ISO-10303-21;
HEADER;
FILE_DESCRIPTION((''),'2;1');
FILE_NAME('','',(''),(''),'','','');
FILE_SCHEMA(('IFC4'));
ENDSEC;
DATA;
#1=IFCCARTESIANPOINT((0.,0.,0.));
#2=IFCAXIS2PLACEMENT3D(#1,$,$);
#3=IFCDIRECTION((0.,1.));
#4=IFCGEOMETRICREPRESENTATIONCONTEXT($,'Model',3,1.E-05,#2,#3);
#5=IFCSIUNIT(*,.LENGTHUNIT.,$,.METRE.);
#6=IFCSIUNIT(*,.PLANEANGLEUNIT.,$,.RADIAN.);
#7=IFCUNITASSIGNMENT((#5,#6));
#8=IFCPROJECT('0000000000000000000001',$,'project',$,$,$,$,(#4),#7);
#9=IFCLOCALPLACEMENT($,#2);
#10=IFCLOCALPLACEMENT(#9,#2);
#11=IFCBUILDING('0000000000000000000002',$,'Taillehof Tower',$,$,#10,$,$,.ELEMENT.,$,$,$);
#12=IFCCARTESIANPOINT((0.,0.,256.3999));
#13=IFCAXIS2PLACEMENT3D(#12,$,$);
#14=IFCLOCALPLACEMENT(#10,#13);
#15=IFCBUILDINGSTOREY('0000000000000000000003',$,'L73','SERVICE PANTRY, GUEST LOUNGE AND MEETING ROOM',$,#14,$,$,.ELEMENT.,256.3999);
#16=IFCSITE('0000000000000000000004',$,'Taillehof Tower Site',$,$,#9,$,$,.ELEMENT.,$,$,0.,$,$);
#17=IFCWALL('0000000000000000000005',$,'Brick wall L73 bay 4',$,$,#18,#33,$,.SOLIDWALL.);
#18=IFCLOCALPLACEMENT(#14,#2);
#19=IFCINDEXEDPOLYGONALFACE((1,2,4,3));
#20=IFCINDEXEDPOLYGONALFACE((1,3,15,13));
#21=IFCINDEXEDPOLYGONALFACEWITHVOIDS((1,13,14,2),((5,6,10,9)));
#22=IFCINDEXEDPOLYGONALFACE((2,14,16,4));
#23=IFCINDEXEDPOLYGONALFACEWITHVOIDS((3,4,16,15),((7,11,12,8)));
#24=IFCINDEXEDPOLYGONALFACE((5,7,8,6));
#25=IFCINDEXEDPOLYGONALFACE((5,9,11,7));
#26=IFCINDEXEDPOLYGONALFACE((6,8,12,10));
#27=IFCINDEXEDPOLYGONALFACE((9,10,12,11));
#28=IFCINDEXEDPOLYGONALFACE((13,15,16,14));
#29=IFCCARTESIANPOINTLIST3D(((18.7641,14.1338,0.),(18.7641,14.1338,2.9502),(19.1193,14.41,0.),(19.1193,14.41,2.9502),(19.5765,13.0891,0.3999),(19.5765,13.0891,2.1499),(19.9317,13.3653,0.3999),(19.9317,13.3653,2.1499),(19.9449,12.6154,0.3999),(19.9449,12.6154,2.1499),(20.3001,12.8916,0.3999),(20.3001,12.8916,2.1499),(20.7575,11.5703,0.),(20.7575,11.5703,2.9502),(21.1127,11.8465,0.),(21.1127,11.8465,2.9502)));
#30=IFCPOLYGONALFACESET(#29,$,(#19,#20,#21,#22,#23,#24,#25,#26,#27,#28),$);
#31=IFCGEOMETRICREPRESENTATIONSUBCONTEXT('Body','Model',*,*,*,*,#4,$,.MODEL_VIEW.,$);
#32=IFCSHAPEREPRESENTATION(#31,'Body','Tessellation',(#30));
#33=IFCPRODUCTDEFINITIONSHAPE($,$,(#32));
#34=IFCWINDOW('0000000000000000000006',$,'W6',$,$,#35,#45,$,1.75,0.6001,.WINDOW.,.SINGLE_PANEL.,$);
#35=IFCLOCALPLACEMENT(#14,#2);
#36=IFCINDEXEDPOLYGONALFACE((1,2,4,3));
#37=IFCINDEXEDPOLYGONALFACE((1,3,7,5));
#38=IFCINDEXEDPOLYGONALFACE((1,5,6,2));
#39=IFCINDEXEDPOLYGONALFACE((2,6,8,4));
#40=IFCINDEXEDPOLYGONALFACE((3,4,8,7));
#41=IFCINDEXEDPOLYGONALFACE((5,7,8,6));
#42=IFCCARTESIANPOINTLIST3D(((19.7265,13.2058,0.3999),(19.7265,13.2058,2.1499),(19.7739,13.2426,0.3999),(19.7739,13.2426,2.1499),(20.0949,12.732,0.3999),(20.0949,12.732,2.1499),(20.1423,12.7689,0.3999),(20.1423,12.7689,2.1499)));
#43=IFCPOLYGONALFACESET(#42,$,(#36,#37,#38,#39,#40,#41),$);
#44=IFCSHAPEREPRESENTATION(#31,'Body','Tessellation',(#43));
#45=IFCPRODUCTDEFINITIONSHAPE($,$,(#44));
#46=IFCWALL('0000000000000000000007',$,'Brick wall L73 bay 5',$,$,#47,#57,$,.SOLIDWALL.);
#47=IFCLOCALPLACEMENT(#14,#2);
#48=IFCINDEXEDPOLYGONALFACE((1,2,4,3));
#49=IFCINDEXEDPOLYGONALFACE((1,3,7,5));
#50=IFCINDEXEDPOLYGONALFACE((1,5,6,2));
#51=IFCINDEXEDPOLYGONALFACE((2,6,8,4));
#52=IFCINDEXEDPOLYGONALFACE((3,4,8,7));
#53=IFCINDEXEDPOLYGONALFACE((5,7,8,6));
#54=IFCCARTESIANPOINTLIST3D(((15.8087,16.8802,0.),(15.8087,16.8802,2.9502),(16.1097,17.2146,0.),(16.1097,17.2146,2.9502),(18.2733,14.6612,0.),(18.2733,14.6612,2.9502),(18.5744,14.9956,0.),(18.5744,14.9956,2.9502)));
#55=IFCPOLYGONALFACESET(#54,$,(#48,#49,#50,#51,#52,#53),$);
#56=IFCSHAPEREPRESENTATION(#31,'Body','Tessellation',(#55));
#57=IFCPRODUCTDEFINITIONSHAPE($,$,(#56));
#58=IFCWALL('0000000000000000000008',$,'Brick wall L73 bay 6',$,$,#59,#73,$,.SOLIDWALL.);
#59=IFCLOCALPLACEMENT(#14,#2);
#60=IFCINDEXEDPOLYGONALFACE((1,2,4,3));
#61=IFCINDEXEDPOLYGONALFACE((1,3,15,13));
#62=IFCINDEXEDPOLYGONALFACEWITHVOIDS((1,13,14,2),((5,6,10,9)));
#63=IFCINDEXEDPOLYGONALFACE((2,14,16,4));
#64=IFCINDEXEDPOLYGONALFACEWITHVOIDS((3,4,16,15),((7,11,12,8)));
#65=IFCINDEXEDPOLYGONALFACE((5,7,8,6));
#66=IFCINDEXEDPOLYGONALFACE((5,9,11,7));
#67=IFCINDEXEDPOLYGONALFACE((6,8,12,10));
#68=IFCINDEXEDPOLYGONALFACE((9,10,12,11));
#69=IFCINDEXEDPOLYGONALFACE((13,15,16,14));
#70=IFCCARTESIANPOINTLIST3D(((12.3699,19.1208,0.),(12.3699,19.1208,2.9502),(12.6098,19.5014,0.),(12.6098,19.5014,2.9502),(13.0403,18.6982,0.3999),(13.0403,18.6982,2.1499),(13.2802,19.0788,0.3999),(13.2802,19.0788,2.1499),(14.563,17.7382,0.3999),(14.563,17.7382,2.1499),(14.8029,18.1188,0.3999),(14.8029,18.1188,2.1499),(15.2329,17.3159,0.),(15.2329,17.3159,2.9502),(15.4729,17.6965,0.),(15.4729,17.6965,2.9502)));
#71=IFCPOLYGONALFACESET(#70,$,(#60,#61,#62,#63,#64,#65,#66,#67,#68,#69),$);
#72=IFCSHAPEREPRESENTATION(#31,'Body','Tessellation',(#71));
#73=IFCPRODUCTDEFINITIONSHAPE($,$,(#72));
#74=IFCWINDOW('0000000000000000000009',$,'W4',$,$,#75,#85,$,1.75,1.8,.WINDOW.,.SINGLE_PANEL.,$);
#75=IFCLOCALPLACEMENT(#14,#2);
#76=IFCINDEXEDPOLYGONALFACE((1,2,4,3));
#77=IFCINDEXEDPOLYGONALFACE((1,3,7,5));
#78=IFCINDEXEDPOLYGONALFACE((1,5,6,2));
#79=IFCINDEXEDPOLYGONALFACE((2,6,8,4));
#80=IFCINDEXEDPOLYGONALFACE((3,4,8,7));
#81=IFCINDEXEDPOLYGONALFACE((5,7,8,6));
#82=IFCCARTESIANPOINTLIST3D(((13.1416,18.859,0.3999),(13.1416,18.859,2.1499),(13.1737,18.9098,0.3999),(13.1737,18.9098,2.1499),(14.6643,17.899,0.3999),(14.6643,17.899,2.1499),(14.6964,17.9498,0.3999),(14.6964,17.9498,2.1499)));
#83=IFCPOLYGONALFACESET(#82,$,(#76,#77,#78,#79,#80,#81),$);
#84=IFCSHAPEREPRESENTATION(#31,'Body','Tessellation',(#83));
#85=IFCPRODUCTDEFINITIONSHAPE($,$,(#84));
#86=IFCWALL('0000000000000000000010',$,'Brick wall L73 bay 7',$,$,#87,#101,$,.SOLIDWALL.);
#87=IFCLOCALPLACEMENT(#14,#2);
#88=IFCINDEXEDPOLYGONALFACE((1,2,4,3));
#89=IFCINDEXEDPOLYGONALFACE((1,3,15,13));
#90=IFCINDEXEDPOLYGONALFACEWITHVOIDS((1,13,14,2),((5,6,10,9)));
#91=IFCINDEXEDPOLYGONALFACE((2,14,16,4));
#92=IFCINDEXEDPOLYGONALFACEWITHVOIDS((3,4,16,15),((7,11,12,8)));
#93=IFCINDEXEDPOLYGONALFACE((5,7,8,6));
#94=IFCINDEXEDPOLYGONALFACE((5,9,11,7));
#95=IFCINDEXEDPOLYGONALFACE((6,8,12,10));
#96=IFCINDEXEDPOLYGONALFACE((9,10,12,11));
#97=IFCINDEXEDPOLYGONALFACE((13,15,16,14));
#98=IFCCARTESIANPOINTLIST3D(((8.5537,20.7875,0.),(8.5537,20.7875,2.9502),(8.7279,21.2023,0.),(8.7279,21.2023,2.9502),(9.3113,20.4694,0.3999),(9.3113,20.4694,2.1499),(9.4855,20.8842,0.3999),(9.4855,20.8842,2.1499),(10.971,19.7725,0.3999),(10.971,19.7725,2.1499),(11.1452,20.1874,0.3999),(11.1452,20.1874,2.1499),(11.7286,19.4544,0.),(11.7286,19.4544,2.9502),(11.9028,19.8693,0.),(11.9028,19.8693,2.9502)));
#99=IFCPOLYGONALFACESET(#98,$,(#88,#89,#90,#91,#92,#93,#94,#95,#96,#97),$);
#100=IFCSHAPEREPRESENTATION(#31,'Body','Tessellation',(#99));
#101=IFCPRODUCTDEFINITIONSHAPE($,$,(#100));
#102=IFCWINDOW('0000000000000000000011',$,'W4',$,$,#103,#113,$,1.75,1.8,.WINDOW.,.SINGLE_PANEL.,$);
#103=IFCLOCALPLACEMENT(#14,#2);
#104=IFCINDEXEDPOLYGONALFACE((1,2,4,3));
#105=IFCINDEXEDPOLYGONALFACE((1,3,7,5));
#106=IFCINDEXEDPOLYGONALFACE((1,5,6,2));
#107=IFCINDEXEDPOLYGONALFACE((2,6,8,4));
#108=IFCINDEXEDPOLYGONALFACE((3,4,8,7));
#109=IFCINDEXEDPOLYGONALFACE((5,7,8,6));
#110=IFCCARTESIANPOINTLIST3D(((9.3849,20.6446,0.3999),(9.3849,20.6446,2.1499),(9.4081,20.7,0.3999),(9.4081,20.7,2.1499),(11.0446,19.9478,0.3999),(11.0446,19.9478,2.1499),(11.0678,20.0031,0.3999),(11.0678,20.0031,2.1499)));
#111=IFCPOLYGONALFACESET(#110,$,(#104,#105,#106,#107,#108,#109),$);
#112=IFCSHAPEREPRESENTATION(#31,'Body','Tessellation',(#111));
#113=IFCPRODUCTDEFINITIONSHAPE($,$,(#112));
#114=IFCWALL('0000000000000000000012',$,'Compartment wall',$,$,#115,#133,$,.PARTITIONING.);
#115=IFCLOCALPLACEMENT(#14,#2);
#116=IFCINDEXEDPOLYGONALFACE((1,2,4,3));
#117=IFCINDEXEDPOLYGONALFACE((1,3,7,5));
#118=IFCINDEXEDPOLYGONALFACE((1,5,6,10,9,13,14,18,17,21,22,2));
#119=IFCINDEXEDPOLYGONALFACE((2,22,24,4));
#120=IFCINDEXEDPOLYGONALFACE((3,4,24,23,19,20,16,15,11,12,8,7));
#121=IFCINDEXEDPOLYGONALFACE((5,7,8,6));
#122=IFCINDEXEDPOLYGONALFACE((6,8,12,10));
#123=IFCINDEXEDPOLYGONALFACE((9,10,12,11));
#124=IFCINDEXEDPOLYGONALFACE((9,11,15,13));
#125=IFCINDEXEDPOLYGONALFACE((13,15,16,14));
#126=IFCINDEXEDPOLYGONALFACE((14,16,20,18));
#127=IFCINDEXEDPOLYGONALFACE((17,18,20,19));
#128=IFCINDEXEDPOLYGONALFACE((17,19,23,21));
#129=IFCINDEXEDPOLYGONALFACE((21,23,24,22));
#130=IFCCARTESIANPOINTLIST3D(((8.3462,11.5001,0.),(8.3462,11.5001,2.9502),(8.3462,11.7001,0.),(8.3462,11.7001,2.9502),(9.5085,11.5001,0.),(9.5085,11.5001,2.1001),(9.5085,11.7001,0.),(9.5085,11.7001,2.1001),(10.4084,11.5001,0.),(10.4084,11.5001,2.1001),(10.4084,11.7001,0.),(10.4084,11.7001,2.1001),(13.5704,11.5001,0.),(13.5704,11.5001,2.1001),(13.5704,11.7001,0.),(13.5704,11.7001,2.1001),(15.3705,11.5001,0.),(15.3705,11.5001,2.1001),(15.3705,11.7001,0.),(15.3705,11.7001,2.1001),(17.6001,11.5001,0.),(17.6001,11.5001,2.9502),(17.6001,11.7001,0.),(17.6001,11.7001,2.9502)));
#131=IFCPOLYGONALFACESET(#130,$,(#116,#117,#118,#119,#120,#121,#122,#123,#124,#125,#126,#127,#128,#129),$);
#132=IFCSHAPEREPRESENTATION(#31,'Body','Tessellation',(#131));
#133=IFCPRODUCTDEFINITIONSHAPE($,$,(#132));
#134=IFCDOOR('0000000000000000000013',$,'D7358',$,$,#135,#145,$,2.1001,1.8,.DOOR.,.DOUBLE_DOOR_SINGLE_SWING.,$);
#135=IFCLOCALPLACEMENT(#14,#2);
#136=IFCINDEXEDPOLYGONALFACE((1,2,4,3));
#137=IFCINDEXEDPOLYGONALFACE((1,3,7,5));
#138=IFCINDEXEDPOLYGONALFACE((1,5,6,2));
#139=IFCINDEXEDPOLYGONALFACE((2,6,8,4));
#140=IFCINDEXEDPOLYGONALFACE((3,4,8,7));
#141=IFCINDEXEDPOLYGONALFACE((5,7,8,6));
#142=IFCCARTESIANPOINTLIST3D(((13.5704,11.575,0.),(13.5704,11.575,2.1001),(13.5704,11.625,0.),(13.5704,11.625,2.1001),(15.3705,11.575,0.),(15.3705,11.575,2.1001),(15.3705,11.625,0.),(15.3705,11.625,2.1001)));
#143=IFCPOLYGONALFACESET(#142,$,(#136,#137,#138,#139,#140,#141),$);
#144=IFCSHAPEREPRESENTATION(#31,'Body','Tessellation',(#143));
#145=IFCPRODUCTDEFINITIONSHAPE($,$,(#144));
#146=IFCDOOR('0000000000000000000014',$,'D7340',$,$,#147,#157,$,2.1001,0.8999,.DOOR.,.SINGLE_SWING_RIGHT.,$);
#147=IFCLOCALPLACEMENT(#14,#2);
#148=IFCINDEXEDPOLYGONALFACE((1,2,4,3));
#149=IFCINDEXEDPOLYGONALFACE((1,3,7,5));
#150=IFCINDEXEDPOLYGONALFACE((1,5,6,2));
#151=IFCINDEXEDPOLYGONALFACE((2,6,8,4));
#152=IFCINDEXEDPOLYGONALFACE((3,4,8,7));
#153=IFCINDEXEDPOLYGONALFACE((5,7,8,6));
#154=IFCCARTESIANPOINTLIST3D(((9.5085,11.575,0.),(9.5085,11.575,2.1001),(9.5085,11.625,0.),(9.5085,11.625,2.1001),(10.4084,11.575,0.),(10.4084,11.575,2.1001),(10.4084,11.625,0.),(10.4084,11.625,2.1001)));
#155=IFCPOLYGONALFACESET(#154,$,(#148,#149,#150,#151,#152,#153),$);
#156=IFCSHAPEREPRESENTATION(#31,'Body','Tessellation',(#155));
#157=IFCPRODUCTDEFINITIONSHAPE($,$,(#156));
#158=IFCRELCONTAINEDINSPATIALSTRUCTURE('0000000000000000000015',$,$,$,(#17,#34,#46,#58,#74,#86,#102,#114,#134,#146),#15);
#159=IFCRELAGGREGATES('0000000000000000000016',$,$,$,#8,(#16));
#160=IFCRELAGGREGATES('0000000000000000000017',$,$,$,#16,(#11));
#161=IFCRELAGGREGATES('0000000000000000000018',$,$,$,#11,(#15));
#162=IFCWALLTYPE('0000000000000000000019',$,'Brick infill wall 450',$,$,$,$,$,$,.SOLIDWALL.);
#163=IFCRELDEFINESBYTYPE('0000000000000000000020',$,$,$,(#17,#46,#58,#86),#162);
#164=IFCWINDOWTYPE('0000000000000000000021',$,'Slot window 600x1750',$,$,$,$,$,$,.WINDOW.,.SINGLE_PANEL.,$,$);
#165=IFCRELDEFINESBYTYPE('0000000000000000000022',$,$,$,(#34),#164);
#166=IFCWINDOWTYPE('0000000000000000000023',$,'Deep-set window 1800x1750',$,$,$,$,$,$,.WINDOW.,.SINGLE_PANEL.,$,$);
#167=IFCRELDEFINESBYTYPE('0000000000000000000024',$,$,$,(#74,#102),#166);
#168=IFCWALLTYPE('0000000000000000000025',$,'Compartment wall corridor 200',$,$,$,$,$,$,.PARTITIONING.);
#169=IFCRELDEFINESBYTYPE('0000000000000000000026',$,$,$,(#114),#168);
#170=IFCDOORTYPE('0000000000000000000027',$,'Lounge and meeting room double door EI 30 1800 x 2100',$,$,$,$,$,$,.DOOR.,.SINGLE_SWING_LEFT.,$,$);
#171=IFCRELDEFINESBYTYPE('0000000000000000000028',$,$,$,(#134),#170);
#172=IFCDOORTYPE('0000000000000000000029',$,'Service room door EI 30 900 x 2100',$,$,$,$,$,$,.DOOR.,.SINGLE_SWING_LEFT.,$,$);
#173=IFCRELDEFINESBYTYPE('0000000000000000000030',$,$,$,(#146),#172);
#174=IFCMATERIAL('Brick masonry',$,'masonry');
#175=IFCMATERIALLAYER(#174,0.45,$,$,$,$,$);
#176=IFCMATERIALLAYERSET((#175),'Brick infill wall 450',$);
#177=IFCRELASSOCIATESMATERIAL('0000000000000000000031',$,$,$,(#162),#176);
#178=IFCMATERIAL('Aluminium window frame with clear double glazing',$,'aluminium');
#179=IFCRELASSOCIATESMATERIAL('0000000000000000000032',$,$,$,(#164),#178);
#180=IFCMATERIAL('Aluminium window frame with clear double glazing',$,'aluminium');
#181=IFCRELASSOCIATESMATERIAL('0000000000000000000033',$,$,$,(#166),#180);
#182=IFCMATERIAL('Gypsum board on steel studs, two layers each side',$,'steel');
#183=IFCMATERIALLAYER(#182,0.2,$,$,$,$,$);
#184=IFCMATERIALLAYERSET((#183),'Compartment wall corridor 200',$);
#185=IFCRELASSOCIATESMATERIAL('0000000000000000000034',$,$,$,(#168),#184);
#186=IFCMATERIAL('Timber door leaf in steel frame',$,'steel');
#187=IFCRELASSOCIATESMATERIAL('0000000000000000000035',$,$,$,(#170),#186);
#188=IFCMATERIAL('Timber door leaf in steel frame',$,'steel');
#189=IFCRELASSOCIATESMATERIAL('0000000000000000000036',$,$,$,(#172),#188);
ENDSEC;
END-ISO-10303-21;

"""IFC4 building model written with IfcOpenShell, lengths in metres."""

from ifc_helpers import new_model, si_unit, direction, frame, frame_2d, origin, place, context, subcontext, project, spatial, rectangle, extrude, material, layer, layer_set, type_object, element, fill, save


model = new_model("IFC4")

# Units and contexts
model_context = context("Model", 3, precision=1e-05, world=origin(), true_north=direction((0.0, 1.0)))
body_context = subcontext(model_context, "Body", "Model", "MODEL_VIEW")
ifc_project = project(units=[si_unit("LENGTHUNIT", "METRE"), si_unit("PLANEANGLEUNIT", "RADIAN")], contexts=[model_context])

# Site, building, storey
site_placement = place(None, origin())
site = spatial("IfcSite", under=ifc_project, at=site_placement, Name="Taillehof Tower Site", CompositionType="ELEMENT", RefElevation=0.0)
building_placement = place(site_placement, origin())
building = spatial("IfcBuilding", under=site, at=building_placement, Name="Taillehof Tower", CompositionType="ELEMENT")
storey_placement = place(building_placement, frame((0.0, 0.0, 256.3999)))
storey = spatial("IfcBuildingStorey", under=building, at=storey_placement, Name="L73", Description="SERVICE PANTRY, GUEST LOUNGE AND MEETING ROOM", CompositionType="ELEMENT", Elevation=256.3999)

# Wall, opening, window
ifc_material_1 = material(Name="Brick masonry", Category="masonry")
ifc_layer_1 = layer(ifc_material_1, 0.45)
ifc_layer_set_1 = layer_set([ifc_layer_1], Name="Brick infill wall 450")
wall_type_1 = type_object("IfcWallType", Name="Brick infill wall 450", PredefinedType="SOLIDWALL", material=ifc_layer_set_1)
wall_1_placement = place(storey_placement, frame((20.9351, 11.7085, 0.0), z_axis=(0.0, 0.0, 1.0), x_axis=(-0.613863, 0.789413, 0.0)))
wall_1 = element("IfcWall", 1, at=wall_1_placement, inside=storey, type_object=wall_type_1, Name="Brick wall L73 bay 4", PredefinedType="SOLIDWALL", context=body_context, shape_type="SweptSolid", body=[
    extrude(rectangle(XDim=3.2473, YDim=0.45, at=frame_2d((1.6235, 0.0))), origin(), (0.0, 0.0, 1.0), 2.9502),
])
opening_1_placement = place(wall_1_placement, frame((1.3237, 0.0, 0.3999)))
opening_1 = element("IfcOpeningElement", 2, at=opening_1_placement, cuts=wall_1, PredefinedType="OPENING", context=body_context, shape_type="SweptSolid", body=[
    extrude(rectangle(XDim=0.6001, YDim=1.75, at=frame_2d((0.3, 0.875))), frame((0.0, 0.2349, 0.0), z_axis=(0.0, -1.0, 0.0), x_axis=(1.0, 0.0, 0.0)), (0.0, 0.0, 1.0), 0.47),
])
ifc_material_2 = material(Name="Aluminium window frame with clear double glazing", Category="aluminium")
window_type_1 = type_object("IfcWindowType", Name="Slot window 600x1750", PartitioningType="SINGLE_PANEL", PredefinedType="WINDOW", material=ifc_material_2)
window_1_placement = place(opening_1_placement, origin())
window_1 = element("IfcWindow", 3, at=window_1_placement, inside=storey, type_object=window_type_1, Name="W6", OverallHeight=1.75, OverallWidth=0.6001, PartitioningType="SINGLE_PANEL", PredefinedType="WINDOW", context=body_context, shape_type="SweptSolid", body=[
    extrude(rectangle(XDim=0.6001, YDim=1.75, at=frame_2d((0.3, 0.875))), frame((0.0, 0.0349, 0.0), z_axis=(0.0, -1.0, 0.0), x_axis=(1.0, 0.0, 0.0)), (0.0, 0.0, 1.0), 0.0601),
])
fill(opening_1, window_1)

# Wall
wall_2_placement = place(storey_placement, frame((18.4238, 14.8284, 0.0), z_axis=(0.0, 0.0, 1.0), x_axis=(-0.743166, 0.669107, 0.0)))
element("IfcWall", 4, at=wall_2_placement, inside=storey, type_object=wall_type_1, Name="Brick wall L73 bay 5", PredefinedType="SOLIDWALL", context=body_context, shape_type="SweptSolid", body=[
    extrude(rectangle(XDim=3.3164, YDim=0.45, at=frame_2d((1.6582, 0.0))), origin(), (0.0, 0.0, 1.0), 2.9502),
])

# Walls, openings, windows
wall_3_placement = place(storey_placement, frame((15.353, 17.5061, 0.0), z_axis=(0.0, 0.0, 1.0), x_axis=(-0.845929, 0.533295, 0.0)))
wall_3 = element("IfcWall", 5, at=wall_3_placement, inside=storey, type_object=wall_type_1, Name="Brick wall L73 bay 6", PredefinedType="SOLIDWALL", context=body_context, shape_type="SweptSolid", body=[
    extrude(rectangle(XDim=3.3845, YDim=0.45, at=frame_2d((1.6924, 0.0))), origin(), (0.0, 0.0, 1.0), 2.9502),
])
opening_2_placement = place(wall_3_placement, frame((0.7922, 0.0, 0.3999)))
opening_2 = element("IfcOpeningElement", 6, at=opening_2_placement, cuts=wall_3, PredefinedType="OPENING", context=body_context, shape_type="SweptSolid", body=[
    extrude(rectangle(XDim=1.8, YDim=1.75, at=frame_2d((0.8999, 0.875))), frame((0.0, 0.2349, 0.0), z_axis=(0.0, -1.0, 0.0), x_axis=(1.0, 0.0, 0.0)), (0.0, 0.0, 1.0), 0.47),
])
ifc_material_3 = material(Name="Aluminium window frame with clear double glazing", Category="aluminium")
window_type_2 = type_object("IfcWindowType", Name="Deep-set window 1800x1750", PartitioningType="SINGLE_PANEL", PredefinedType="WINDOW", material=ifc_material_3)
window_2_placement = place(opening_2_placement, origin())
window_2 = element("IfcWindow", 7, at=window_2_placement, inside=storey, type_object=window_type_2, Name="W4", OverallHeight=1.75, OverallWidth=1.8, PartitioningType="SINGLE_PANEL", PredefinedType="WINDOW", context=body_context, shape_type="SweptSolid", body=[
    extrude(rectangle(XDim=1.8, YDim=1.75, at=frame_2d((0.8999, 0.875))), frame((0.0, 0.0349, 0.0), z_axis=(0.0, -1.0, 0.0), x_axis=(1.0, 0.0, 0.0)), (0.0, 0.0, 1.0), 0.0601),
])
fill(opening_2, window_2)
wall_4_placement = place(storey_placement, frame((11.8157, 19.6619, 0.0), z_axis=(0.0, 0.0, 1.0), x_axis=(-0.922025, 0.387131, 0.0)))
wall_4 = element("IfcWall", 8, at=wall_4_placement, inside=storey, type_object=wall_type_1, Name="Brick wall L73 bay 7", PredefinedType="SOLIDWALL", context=body_context, shape_type="SweptSolid", body=[
    extrude(rectangle(XDim=3.4434, YDim=0.45, at=frame_2d((1.7217, 0.0))), origin(), (0.0, 0.0, 1.0), 2.9502),
])
opening_3_placement = place(wall_4_placement, frame((0.8218, 0.0, 0.3999)))
opening_3 = element("IfcOpeningElement", 9, at=opening_3_placement, cuts=wall_4, PredefinedType="OPENING", context=body_context, shape_type="SweptSolid", body=[
    extrude(rectangle(XDim=1.8, YDim=1.75, at=frame_2d((0.8999, 0.875))), frame((0.0, 0.2349, 0.0), z_axis=(0.0, -1.0, 0.0), x_axis=(1.0, 0.0, 0.0)), (0.0, 0.0, 1.0), 0.47),
])
window_3_placement = place(opening_3_placement, origin())
window_3 = element("IfcWindow", 10, at=window_3_placement, inside=storey, type_object=window_type_2, Name="W4", OverallHeight=1.75, OverallWidth=1.8, PartitioningType="SINGLE_PANEL", PredefinedType="WINDOW", context=body_context, shape_type="SweptSolid", body=[
    extrude(rectangle(XDim=1.8, YDim=1.75, at=frame_2d((0.8999, 0.875))), frame((0.0, 0.0349, 0.0), z_axis=(0.0, -1.0, 0.0), x_axis=(1.0, 0.0, 0.0)), (0.0, 0.0, 1.0), 0.0601),
])
fill(opening_3, window_3)

# Wall, openings, doors
ifc_material_4 = material(Name="Gypsum board on steel studs, two layers each side", Category="steel")
ifc_layer_2 = layer(ifc_material_4, 0.2)
ifc_layer_set_2 = layer_set([ifc_layer_2], Name="Compartment wall corridor 200")
wall_type_2 = type_object("IfcWallType", Name="Compartment wall corridor 200", PredefinedType="PARTITIONING", material=ifc_layer_set_2)
wall_5_placement = place(storey_placement, frame((8.3462, 11.6001, 0.0), z_axis=(0.0, 0.0, 1.0), x_axis=(1.0, 0.0, 0.0)))
wall_5 = element("IfcWall", 11, at=wall_5_placement, inside=storey, type_object=wall_type_2, Name="Compartment wall", PredefinedType="PARTITIONING", context=body_context, shape_type="SweptSolid", body=[
    extrude(rectangle(XDim=9.2539, YDim=0.2, at=frame_2d((4.627, 0.0))), origin(), (0.0, 0.0, 1.0), 2.9502),
])
opening_4_placement = place(wall_5_placement, frame((1.1624, 0.0, 0.0)))
opening_4 = element("IfcOpeningElement", 12, at=opening_4_placement, cuts=wall_5, PredefinedType="OPENING", context=body_context, shape_type="SweptSolid", body=[
    extrude(rectangle(XDim=0.8999, YDim=2.1001, at=frame_2d((0.45, 1.05))), frame((0.0, 0.1099, 0.0), z_axis=(0.0, -1.0, 0.0), x_axis=(1.0, 0.0, 0.0)), (0.0, 0.0, 1.0), 0.22),
])
opening_5_placement = place(wall_5_placement, frame((5.2244, 0.0, 0.0)))
opening_5 = element("IfcOpeningElement", 13, at=opening_5_placement, cuts=wall_5, PredefinedType="OPENING", context=body_context, shape_type="SweptSolid", body=[
    extrude(rectangle(XDim=1.8, YDim=2.1001, at=frame_2d((0.8999, 1.05))), frame((0.0, 0.1099, 0.0), z_axis=(0.0, -1.0, 0.0), x_axis=(1.0, 0.0, 0.0)), (0.0, 0.0, 1.0), 0.22),
])
ifc_material_5 = material(Name="Timber door leaf in steel frame", Category="steel")
door_type_1 = type_object("IfcDoorType", Name="Lounge and meeting room double door EI 30 1800 x 2100", OperationType="SINGLE_SWING_LEFT", PredefinedType="DOOR", material=ifc_material_5)
door_1_placement = place(opening_5_placement, origin())
door_1 = element("IfcDoor", 14, at=door_1_placement, inside=storey, type_object=door_type_1, Name="D7358", OperationType="DOUBLE_DOOR_SINGLE_SWING", OverallHeight=2.1001, OverallWidth=1.8, PredefinedType="DOOR", context=body_context, shape_type="SweptSolid", body=[
    extrude(rectangle(XDim=1.8, YDim=2.1001, at=frame_2d((0.8999, 1.05))), frame((0.0, 0.0249, 0.0), z_axis=(0.0, -1.0, 0.0), x_axis=(1.0, 0.0, 0.0)), (0.0, 0.0, 1.0), 0.05),
])
fill(opening_5, door_1)
ifc_material_6 = material(Name="Timber door leaf in steel frame", Category="steel")
door_type_2 = type_object("IfcDoorType", Name="Service room door EI 30 900 x 2100", OperationType="SINGLE_SWING_LEFT", PredefinedType="DOOR", material=ifc_material_6)
door_2_placement = place(opening_4_placement, origin())
door_2 = element("IfcDoor", 15, at=door_2_placement, inside=storey, type_object=door_type_2, Name="D7340", OperationType="SINGLE_SWING_RIGHT", OverallHeight=2.1001, OverallWidth=0.8999, PredefinedType="DOOR", context=body_context, shape_type="SweptSolid", body=[
    extrude(rectangle(XDim=0.8999, YDim=2.1001, at=frame_2d((0.45, 1.05))), frame((0.0, 0.0249, 0.0), z_axis=(0.0, -1.0, 0.0), x_axis=(1.0, 0.0, 0.0)), (0.0, 0.0, 1.0), 0.05),
])
fill(opening_4, door_2)

save(model, "model.ifc")
